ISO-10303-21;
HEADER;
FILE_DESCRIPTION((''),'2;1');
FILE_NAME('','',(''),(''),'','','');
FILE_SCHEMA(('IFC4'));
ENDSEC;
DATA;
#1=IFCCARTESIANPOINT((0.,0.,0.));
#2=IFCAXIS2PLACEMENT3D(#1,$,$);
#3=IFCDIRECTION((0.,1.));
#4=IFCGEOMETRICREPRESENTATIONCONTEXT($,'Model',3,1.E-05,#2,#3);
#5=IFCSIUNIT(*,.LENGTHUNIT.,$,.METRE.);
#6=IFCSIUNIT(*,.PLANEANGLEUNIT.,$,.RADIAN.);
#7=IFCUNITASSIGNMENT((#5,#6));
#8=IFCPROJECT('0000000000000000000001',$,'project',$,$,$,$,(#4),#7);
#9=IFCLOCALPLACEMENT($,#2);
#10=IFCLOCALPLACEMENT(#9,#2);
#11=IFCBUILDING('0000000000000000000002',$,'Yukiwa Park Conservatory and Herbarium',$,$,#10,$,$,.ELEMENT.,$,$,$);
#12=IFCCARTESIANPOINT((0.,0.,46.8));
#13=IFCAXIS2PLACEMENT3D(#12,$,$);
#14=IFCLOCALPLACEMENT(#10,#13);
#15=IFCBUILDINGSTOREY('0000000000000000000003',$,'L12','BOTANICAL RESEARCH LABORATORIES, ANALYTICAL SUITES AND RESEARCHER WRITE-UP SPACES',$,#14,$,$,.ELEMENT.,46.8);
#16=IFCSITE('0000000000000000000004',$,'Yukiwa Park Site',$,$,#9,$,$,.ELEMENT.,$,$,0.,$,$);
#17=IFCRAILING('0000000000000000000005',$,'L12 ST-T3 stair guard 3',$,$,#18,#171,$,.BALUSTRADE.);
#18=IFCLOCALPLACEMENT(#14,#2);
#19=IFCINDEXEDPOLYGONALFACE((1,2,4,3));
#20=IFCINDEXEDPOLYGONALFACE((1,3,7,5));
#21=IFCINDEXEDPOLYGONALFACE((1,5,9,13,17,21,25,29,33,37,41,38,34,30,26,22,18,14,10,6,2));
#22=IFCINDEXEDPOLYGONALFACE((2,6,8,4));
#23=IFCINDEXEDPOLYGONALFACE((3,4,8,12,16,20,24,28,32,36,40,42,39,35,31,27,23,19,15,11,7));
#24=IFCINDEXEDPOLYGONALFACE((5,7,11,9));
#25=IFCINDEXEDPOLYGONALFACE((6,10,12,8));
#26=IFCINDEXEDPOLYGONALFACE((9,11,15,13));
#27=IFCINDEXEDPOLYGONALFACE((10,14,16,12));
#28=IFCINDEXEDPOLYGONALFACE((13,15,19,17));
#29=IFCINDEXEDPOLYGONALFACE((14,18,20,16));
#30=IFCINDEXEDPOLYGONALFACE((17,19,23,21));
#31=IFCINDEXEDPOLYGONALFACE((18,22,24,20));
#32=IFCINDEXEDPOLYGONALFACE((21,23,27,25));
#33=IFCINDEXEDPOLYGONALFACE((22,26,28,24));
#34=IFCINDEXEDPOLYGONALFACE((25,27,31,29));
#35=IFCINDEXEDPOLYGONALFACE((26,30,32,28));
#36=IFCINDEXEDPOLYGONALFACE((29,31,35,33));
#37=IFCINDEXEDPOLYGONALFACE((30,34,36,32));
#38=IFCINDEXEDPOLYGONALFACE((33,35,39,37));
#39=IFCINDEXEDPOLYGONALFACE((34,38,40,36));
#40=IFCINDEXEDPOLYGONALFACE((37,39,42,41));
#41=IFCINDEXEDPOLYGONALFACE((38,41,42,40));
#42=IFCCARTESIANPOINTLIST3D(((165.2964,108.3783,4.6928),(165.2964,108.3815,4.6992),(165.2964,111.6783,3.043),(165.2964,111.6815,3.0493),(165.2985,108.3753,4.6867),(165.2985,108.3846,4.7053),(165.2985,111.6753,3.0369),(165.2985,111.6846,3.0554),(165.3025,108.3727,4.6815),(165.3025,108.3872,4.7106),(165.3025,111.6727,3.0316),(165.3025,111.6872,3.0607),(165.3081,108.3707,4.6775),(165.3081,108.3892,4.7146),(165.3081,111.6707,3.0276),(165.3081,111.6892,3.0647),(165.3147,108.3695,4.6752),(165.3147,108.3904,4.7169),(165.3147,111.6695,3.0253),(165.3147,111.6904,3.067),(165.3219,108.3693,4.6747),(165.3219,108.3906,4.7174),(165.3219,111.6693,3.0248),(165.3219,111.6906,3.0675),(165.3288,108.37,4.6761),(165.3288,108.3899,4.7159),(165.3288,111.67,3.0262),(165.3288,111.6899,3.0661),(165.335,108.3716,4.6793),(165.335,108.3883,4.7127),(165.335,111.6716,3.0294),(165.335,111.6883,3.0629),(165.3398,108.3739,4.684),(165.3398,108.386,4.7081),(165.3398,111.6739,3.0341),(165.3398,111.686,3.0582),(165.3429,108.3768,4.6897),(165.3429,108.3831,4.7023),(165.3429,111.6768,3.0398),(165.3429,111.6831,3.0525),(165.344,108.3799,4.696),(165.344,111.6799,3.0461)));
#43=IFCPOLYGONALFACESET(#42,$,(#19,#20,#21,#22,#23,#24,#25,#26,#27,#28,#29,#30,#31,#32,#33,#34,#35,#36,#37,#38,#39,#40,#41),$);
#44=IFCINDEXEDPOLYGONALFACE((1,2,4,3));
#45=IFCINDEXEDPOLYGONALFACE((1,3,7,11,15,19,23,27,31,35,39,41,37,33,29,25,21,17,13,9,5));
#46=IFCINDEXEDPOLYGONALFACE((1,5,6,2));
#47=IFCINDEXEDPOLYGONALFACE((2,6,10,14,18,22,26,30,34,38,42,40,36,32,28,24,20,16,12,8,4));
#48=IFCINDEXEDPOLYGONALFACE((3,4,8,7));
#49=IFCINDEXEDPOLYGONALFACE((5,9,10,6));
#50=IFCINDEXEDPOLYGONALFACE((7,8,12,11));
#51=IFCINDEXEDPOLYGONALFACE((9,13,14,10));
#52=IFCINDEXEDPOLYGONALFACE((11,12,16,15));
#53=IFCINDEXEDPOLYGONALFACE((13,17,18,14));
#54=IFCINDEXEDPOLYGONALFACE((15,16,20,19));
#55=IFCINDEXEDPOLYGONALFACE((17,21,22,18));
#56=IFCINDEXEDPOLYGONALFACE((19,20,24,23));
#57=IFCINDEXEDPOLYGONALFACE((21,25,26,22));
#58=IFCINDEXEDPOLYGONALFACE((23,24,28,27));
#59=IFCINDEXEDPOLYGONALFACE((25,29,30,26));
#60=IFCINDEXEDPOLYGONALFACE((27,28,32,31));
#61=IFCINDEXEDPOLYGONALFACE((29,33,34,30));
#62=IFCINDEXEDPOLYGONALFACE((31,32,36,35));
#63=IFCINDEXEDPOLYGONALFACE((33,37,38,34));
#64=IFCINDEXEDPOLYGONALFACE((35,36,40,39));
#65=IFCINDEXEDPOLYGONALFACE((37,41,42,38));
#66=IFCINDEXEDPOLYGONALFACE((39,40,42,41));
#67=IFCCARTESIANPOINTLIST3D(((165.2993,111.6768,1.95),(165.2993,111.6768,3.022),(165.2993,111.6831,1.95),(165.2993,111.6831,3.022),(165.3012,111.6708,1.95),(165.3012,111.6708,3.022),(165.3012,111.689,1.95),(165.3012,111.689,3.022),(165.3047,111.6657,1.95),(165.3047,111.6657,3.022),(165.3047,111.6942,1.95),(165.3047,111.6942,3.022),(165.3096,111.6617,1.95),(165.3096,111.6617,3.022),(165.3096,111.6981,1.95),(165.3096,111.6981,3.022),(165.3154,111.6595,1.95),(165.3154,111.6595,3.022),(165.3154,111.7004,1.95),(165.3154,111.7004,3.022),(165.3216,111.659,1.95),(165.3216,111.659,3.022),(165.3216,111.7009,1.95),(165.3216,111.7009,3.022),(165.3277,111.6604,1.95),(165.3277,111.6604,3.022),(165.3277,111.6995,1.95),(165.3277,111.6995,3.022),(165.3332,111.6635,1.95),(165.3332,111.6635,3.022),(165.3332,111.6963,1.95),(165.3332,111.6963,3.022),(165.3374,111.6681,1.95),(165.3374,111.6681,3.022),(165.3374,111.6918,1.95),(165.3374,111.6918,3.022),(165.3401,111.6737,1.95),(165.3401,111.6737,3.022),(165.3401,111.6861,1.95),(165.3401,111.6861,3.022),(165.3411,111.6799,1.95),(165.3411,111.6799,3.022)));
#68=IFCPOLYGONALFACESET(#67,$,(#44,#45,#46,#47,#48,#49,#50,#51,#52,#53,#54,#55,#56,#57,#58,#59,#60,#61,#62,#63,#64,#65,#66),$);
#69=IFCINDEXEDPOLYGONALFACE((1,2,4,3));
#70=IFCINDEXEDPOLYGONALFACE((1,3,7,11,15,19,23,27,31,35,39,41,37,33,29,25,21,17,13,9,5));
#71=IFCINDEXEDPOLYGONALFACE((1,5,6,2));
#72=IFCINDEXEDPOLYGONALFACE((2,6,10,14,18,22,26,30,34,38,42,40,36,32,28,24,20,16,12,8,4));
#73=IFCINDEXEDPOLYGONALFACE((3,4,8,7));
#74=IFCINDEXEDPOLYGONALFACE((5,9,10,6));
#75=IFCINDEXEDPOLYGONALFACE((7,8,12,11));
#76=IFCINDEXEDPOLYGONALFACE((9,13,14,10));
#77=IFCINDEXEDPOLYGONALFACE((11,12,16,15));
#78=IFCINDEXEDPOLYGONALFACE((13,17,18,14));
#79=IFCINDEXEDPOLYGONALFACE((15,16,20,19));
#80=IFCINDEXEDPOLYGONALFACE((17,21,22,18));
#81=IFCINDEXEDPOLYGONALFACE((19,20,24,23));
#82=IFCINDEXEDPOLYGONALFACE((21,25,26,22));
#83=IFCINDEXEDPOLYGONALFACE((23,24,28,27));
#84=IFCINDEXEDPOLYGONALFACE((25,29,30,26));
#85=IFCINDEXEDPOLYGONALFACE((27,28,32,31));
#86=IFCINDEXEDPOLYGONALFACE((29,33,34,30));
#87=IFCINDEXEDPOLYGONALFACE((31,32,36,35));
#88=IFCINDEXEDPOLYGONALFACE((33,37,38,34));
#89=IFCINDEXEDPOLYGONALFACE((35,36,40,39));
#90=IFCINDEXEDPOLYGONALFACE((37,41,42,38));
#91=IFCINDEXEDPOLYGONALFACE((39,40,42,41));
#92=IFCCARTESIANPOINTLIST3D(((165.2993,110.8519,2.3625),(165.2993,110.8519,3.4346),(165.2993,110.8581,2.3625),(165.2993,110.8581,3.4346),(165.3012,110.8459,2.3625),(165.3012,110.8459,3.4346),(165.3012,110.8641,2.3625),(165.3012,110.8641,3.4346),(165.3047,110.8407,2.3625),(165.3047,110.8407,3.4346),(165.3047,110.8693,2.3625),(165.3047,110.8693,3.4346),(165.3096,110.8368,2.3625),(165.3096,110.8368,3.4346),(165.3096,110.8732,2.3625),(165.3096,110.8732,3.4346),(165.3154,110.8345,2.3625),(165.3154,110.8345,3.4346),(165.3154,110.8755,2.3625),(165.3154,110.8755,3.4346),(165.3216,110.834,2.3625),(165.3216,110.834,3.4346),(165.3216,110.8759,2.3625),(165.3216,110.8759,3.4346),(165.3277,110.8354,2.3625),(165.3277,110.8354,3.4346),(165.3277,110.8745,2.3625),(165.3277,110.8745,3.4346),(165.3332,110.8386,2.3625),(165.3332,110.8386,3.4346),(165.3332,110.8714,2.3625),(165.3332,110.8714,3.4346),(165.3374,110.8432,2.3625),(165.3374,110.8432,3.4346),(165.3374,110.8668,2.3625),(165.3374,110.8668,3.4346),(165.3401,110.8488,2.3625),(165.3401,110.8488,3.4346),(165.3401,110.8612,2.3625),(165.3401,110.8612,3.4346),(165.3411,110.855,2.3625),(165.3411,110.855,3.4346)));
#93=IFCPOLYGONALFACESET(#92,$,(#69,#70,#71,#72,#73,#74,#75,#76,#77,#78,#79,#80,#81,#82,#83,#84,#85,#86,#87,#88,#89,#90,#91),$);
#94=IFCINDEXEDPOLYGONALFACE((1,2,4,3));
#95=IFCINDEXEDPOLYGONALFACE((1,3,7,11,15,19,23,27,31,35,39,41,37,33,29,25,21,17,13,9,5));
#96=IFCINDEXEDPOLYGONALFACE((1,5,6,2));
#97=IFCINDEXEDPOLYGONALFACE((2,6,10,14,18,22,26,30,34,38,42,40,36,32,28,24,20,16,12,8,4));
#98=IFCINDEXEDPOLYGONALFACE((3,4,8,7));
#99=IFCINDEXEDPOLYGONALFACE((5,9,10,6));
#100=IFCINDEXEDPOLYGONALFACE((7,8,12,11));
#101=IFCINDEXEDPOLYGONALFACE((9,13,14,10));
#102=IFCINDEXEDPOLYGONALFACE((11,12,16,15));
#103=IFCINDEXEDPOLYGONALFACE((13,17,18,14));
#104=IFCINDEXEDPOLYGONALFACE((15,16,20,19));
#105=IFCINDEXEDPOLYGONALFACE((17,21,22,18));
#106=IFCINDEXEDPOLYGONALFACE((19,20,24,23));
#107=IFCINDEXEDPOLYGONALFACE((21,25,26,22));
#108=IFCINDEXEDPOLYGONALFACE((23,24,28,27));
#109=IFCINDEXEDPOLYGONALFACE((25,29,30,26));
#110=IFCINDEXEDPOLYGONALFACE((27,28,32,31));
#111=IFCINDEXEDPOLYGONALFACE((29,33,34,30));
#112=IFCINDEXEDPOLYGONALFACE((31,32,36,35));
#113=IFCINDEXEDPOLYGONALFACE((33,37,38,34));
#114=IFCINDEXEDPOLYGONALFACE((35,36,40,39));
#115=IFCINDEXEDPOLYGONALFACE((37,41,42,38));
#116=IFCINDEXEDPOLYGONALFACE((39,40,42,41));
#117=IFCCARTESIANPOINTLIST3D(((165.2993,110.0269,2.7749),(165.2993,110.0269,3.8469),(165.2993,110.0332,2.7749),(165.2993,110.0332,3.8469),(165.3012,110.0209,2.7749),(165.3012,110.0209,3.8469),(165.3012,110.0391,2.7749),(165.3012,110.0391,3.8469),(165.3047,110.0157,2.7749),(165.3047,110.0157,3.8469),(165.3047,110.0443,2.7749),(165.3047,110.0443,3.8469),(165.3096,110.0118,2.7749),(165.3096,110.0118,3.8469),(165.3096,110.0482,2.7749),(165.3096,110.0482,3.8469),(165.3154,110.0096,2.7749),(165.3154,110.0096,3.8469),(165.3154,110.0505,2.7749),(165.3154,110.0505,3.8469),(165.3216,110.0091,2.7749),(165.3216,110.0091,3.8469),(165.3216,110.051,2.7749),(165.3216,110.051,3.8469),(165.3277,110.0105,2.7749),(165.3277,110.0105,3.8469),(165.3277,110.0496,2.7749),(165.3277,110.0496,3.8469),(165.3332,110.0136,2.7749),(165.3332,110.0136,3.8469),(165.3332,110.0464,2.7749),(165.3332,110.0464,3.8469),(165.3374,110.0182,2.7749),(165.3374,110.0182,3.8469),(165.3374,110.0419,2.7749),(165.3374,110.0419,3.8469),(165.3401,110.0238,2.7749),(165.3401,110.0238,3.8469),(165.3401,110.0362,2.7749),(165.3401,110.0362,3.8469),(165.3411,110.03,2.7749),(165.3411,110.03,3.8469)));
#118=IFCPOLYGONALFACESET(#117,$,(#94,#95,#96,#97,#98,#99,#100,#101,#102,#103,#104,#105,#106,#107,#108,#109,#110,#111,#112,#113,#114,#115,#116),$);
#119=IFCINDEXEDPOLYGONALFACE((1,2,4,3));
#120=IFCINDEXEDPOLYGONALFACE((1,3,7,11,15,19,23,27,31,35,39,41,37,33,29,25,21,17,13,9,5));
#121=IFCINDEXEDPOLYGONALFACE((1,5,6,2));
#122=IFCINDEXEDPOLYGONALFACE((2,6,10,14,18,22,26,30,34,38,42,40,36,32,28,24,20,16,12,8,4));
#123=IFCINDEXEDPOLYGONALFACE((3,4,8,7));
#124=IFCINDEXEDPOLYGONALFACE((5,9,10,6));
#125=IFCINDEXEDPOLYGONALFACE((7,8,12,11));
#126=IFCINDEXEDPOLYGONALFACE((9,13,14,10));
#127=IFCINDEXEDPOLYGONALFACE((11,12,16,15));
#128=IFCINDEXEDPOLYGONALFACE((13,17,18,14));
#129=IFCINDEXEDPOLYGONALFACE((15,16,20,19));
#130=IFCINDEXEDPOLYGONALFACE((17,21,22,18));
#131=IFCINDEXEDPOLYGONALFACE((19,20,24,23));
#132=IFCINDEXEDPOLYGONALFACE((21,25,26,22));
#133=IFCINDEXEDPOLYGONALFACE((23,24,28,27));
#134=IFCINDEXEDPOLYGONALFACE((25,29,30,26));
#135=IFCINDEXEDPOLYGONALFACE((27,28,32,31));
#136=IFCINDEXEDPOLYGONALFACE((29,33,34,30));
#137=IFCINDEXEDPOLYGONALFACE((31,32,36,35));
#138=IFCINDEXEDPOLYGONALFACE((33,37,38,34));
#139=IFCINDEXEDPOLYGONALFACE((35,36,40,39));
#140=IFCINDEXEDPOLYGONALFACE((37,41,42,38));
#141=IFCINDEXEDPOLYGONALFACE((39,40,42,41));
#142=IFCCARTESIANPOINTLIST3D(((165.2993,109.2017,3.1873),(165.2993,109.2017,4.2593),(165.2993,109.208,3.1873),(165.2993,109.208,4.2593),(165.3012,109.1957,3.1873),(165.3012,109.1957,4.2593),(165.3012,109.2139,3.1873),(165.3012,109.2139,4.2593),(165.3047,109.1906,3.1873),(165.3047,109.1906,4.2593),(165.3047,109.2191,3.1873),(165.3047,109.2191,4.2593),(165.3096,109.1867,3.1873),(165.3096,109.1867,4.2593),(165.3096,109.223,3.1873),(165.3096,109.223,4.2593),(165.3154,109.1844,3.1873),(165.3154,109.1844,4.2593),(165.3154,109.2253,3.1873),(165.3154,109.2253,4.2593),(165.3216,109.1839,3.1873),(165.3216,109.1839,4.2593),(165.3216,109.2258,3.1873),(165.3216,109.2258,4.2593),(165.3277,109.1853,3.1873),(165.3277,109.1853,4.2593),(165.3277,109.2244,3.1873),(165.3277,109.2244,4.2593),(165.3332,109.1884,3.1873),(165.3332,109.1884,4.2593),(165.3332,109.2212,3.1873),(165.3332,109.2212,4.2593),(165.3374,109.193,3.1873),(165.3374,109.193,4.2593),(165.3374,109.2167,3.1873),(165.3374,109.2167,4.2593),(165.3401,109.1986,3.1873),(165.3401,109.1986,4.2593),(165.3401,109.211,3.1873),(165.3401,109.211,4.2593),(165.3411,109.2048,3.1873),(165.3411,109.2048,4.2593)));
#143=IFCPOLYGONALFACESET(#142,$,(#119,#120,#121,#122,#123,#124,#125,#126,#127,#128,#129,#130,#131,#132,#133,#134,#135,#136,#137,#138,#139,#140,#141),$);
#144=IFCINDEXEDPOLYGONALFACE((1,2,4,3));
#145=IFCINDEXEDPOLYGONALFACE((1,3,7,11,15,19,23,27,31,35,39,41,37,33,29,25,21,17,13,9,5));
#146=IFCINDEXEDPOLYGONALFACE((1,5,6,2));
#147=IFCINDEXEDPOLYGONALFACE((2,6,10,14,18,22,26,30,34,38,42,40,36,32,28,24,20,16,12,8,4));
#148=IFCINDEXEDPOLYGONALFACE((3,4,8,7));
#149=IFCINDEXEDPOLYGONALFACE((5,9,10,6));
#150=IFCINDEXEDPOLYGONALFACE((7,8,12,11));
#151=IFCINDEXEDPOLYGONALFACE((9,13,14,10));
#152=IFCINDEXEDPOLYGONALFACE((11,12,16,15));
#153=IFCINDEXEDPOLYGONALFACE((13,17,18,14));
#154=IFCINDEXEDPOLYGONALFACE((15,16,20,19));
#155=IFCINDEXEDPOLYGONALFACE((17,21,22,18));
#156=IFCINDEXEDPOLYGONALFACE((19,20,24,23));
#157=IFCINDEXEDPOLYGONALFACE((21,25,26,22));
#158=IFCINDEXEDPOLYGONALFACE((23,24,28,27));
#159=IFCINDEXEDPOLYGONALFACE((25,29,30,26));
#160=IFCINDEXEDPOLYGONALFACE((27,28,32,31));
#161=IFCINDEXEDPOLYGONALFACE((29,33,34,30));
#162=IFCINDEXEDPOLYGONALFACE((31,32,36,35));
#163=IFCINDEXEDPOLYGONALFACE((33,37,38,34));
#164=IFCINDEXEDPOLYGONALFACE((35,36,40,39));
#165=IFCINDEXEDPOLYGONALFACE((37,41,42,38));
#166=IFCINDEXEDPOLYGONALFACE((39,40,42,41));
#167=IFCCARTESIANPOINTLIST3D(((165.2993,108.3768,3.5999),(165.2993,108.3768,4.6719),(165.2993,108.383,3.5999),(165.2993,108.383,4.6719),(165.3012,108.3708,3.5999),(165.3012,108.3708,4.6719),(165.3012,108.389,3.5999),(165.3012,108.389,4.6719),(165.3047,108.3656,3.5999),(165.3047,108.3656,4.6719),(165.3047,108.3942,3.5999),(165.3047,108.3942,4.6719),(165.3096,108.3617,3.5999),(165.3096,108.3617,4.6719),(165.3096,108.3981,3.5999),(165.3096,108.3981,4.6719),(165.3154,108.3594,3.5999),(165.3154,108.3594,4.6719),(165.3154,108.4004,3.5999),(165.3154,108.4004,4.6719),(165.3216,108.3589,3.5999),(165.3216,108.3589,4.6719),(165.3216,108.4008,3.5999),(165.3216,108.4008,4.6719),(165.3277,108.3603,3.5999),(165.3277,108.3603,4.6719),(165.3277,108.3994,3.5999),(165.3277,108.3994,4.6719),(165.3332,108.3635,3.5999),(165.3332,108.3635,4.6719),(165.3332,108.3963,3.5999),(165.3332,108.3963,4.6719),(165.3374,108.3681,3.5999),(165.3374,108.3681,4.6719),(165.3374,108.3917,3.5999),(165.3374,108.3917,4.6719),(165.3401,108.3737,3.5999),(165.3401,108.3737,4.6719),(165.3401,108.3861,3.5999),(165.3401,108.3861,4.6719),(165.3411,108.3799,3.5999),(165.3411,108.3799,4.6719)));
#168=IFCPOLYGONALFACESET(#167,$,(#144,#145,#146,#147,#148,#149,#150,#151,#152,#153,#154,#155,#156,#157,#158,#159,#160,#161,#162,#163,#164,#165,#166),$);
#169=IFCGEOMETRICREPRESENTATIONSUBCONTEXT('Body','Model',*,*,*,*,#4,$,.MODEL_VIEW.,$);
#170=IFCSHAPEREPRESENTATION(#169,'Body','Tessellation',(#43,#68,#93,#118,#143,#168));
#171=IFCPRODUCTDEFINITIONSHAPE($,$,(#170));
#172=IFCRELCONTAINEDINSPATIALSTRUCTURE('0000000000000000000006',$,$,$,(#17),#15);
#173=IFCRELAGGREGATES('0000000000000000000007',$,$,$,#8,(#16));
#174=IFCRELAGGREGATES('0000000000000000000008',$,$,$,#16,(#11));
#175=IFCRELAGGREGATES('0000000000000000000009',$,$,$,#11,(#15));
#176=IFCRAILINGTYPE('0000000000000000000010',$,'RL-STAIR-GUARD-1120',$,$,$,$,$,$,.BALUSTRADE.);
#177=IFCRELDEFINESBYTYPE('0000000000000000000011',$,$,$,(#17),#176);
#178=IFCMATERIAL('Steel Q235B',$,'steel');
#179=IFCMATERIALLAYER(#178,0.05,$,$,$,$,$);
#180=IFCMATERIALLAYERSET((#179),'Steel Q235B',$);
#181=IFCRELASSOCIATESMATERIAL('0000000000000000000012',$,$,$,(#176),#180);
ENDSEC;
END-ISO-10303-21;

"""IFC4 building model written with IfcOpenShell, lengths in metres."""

from ifc_helpers import new_model, si_unit, direction, frame, origin, origin_2d, place, context, subcontext, project, spatial, circle, extrude, material, layer, layer_set, type_object, element, save


model = new_model("IFC4")

# Units and contexts
model_context = context("Model", 3, precision=1e-05, world=origin(), true_north=direction((0.0, 1.0)))
body_context = subcontext(model_context, "Body", "Model", "MODEL_VIEW")
ifc_project = project(units=[si_unit("LENGTHUNIT", "METRE"), si_unit("PLANEANGLEUNIT", "RADIAN")], contexts=[model_context])

# Site, building, storey
site_placement = place(None, origin())
site = spatial("IfcSite", under=ifc_project, at=site_placement, Name="Yukiwa Park Site", CompositionType="ELEMENT", RefElevation=0.0)
building_placement = place(site_placement, origin())
building = spatial("IfcBuilding", under=site, at=building_placement, Name="Yukiwa Park Conservatory and Herbarium", CompositionType="ELEMENT")
storey_placement = place(building_placement, frame((0.0, 0.0, 46.8)))
storey = spatial("IfcBuildingStorey", under=building, at=storey_placement, Name="L12", Description="BOTANICAL RESEARCH LABORATORIES, ANALYTICAL SUITES AND RESEARCHER WRITE-UP SPACES", CompositionType="ELEMENT", Elevation=46.8)

# Railing
ifc_material_1 = material(Name="Steel Q235B", Category="steel")
ifc_layer_1 = layer(ifc_material_1, 0.05)
ifc_layer_set_1 = layer_set([ifc_layer_1], Name="Steel Q235B")
railing_type_1 = type_object("IfcRailingType", Name="RL-STAIR-GUARD-1120", PredefinedType="BALUSTRADE", material=ifc_layer_set_1)
railing_1_placement = place(storey_placement, frame((165.3201, 111.6799, 1.95)))
element("IfcRailing", 1, at=railing_1_placement, inside=storey, type_object=railing_type_1, Name="L12 ST-T3 stair guard 3", PredefinedType="BALUSTRADE", context=body_context, shape_type="SweptSolid", body=[
    extrude(circle(Radius=0.0239, at=origin_2d()), frame((0.0, 0.0, 1.0962), z_axis=(0.0, -0.89444, 0.447187), x_axis=(1.0, 0.0, 0.0)), (0.0, 0.0, 1.0), 3.6895),
    extrude(circle(Radius=0.021, at=origin_2d()), origin(), (0.0, 0.0, 1.0), 1.072),
    extrude(circle(Radius=0.021, at=origin_2d()), frame((0.0, -0.825, 0.4126)), (0.0, 0.0, 1.0), 1.072),
    extrude(circle(Radius=0.021, at=origin_2d()), frame((0.0, -1.6499, 0.825)), (0.0, 0.0, 1.0), 1.072),
    extrude(circle(Radius=0.021, at=origin_2d()), frame((0.0, -2.4751, 1.2373)), (0.0, 0.0, 1.0), 1.072),
    extrude(circle(Radius=0.021, at=origin_2d()), frame((0.0, -3.3, 1.6499)), (0.0, 0.0, 1.0), 1.072),
])

save(model, "model.ifc")
